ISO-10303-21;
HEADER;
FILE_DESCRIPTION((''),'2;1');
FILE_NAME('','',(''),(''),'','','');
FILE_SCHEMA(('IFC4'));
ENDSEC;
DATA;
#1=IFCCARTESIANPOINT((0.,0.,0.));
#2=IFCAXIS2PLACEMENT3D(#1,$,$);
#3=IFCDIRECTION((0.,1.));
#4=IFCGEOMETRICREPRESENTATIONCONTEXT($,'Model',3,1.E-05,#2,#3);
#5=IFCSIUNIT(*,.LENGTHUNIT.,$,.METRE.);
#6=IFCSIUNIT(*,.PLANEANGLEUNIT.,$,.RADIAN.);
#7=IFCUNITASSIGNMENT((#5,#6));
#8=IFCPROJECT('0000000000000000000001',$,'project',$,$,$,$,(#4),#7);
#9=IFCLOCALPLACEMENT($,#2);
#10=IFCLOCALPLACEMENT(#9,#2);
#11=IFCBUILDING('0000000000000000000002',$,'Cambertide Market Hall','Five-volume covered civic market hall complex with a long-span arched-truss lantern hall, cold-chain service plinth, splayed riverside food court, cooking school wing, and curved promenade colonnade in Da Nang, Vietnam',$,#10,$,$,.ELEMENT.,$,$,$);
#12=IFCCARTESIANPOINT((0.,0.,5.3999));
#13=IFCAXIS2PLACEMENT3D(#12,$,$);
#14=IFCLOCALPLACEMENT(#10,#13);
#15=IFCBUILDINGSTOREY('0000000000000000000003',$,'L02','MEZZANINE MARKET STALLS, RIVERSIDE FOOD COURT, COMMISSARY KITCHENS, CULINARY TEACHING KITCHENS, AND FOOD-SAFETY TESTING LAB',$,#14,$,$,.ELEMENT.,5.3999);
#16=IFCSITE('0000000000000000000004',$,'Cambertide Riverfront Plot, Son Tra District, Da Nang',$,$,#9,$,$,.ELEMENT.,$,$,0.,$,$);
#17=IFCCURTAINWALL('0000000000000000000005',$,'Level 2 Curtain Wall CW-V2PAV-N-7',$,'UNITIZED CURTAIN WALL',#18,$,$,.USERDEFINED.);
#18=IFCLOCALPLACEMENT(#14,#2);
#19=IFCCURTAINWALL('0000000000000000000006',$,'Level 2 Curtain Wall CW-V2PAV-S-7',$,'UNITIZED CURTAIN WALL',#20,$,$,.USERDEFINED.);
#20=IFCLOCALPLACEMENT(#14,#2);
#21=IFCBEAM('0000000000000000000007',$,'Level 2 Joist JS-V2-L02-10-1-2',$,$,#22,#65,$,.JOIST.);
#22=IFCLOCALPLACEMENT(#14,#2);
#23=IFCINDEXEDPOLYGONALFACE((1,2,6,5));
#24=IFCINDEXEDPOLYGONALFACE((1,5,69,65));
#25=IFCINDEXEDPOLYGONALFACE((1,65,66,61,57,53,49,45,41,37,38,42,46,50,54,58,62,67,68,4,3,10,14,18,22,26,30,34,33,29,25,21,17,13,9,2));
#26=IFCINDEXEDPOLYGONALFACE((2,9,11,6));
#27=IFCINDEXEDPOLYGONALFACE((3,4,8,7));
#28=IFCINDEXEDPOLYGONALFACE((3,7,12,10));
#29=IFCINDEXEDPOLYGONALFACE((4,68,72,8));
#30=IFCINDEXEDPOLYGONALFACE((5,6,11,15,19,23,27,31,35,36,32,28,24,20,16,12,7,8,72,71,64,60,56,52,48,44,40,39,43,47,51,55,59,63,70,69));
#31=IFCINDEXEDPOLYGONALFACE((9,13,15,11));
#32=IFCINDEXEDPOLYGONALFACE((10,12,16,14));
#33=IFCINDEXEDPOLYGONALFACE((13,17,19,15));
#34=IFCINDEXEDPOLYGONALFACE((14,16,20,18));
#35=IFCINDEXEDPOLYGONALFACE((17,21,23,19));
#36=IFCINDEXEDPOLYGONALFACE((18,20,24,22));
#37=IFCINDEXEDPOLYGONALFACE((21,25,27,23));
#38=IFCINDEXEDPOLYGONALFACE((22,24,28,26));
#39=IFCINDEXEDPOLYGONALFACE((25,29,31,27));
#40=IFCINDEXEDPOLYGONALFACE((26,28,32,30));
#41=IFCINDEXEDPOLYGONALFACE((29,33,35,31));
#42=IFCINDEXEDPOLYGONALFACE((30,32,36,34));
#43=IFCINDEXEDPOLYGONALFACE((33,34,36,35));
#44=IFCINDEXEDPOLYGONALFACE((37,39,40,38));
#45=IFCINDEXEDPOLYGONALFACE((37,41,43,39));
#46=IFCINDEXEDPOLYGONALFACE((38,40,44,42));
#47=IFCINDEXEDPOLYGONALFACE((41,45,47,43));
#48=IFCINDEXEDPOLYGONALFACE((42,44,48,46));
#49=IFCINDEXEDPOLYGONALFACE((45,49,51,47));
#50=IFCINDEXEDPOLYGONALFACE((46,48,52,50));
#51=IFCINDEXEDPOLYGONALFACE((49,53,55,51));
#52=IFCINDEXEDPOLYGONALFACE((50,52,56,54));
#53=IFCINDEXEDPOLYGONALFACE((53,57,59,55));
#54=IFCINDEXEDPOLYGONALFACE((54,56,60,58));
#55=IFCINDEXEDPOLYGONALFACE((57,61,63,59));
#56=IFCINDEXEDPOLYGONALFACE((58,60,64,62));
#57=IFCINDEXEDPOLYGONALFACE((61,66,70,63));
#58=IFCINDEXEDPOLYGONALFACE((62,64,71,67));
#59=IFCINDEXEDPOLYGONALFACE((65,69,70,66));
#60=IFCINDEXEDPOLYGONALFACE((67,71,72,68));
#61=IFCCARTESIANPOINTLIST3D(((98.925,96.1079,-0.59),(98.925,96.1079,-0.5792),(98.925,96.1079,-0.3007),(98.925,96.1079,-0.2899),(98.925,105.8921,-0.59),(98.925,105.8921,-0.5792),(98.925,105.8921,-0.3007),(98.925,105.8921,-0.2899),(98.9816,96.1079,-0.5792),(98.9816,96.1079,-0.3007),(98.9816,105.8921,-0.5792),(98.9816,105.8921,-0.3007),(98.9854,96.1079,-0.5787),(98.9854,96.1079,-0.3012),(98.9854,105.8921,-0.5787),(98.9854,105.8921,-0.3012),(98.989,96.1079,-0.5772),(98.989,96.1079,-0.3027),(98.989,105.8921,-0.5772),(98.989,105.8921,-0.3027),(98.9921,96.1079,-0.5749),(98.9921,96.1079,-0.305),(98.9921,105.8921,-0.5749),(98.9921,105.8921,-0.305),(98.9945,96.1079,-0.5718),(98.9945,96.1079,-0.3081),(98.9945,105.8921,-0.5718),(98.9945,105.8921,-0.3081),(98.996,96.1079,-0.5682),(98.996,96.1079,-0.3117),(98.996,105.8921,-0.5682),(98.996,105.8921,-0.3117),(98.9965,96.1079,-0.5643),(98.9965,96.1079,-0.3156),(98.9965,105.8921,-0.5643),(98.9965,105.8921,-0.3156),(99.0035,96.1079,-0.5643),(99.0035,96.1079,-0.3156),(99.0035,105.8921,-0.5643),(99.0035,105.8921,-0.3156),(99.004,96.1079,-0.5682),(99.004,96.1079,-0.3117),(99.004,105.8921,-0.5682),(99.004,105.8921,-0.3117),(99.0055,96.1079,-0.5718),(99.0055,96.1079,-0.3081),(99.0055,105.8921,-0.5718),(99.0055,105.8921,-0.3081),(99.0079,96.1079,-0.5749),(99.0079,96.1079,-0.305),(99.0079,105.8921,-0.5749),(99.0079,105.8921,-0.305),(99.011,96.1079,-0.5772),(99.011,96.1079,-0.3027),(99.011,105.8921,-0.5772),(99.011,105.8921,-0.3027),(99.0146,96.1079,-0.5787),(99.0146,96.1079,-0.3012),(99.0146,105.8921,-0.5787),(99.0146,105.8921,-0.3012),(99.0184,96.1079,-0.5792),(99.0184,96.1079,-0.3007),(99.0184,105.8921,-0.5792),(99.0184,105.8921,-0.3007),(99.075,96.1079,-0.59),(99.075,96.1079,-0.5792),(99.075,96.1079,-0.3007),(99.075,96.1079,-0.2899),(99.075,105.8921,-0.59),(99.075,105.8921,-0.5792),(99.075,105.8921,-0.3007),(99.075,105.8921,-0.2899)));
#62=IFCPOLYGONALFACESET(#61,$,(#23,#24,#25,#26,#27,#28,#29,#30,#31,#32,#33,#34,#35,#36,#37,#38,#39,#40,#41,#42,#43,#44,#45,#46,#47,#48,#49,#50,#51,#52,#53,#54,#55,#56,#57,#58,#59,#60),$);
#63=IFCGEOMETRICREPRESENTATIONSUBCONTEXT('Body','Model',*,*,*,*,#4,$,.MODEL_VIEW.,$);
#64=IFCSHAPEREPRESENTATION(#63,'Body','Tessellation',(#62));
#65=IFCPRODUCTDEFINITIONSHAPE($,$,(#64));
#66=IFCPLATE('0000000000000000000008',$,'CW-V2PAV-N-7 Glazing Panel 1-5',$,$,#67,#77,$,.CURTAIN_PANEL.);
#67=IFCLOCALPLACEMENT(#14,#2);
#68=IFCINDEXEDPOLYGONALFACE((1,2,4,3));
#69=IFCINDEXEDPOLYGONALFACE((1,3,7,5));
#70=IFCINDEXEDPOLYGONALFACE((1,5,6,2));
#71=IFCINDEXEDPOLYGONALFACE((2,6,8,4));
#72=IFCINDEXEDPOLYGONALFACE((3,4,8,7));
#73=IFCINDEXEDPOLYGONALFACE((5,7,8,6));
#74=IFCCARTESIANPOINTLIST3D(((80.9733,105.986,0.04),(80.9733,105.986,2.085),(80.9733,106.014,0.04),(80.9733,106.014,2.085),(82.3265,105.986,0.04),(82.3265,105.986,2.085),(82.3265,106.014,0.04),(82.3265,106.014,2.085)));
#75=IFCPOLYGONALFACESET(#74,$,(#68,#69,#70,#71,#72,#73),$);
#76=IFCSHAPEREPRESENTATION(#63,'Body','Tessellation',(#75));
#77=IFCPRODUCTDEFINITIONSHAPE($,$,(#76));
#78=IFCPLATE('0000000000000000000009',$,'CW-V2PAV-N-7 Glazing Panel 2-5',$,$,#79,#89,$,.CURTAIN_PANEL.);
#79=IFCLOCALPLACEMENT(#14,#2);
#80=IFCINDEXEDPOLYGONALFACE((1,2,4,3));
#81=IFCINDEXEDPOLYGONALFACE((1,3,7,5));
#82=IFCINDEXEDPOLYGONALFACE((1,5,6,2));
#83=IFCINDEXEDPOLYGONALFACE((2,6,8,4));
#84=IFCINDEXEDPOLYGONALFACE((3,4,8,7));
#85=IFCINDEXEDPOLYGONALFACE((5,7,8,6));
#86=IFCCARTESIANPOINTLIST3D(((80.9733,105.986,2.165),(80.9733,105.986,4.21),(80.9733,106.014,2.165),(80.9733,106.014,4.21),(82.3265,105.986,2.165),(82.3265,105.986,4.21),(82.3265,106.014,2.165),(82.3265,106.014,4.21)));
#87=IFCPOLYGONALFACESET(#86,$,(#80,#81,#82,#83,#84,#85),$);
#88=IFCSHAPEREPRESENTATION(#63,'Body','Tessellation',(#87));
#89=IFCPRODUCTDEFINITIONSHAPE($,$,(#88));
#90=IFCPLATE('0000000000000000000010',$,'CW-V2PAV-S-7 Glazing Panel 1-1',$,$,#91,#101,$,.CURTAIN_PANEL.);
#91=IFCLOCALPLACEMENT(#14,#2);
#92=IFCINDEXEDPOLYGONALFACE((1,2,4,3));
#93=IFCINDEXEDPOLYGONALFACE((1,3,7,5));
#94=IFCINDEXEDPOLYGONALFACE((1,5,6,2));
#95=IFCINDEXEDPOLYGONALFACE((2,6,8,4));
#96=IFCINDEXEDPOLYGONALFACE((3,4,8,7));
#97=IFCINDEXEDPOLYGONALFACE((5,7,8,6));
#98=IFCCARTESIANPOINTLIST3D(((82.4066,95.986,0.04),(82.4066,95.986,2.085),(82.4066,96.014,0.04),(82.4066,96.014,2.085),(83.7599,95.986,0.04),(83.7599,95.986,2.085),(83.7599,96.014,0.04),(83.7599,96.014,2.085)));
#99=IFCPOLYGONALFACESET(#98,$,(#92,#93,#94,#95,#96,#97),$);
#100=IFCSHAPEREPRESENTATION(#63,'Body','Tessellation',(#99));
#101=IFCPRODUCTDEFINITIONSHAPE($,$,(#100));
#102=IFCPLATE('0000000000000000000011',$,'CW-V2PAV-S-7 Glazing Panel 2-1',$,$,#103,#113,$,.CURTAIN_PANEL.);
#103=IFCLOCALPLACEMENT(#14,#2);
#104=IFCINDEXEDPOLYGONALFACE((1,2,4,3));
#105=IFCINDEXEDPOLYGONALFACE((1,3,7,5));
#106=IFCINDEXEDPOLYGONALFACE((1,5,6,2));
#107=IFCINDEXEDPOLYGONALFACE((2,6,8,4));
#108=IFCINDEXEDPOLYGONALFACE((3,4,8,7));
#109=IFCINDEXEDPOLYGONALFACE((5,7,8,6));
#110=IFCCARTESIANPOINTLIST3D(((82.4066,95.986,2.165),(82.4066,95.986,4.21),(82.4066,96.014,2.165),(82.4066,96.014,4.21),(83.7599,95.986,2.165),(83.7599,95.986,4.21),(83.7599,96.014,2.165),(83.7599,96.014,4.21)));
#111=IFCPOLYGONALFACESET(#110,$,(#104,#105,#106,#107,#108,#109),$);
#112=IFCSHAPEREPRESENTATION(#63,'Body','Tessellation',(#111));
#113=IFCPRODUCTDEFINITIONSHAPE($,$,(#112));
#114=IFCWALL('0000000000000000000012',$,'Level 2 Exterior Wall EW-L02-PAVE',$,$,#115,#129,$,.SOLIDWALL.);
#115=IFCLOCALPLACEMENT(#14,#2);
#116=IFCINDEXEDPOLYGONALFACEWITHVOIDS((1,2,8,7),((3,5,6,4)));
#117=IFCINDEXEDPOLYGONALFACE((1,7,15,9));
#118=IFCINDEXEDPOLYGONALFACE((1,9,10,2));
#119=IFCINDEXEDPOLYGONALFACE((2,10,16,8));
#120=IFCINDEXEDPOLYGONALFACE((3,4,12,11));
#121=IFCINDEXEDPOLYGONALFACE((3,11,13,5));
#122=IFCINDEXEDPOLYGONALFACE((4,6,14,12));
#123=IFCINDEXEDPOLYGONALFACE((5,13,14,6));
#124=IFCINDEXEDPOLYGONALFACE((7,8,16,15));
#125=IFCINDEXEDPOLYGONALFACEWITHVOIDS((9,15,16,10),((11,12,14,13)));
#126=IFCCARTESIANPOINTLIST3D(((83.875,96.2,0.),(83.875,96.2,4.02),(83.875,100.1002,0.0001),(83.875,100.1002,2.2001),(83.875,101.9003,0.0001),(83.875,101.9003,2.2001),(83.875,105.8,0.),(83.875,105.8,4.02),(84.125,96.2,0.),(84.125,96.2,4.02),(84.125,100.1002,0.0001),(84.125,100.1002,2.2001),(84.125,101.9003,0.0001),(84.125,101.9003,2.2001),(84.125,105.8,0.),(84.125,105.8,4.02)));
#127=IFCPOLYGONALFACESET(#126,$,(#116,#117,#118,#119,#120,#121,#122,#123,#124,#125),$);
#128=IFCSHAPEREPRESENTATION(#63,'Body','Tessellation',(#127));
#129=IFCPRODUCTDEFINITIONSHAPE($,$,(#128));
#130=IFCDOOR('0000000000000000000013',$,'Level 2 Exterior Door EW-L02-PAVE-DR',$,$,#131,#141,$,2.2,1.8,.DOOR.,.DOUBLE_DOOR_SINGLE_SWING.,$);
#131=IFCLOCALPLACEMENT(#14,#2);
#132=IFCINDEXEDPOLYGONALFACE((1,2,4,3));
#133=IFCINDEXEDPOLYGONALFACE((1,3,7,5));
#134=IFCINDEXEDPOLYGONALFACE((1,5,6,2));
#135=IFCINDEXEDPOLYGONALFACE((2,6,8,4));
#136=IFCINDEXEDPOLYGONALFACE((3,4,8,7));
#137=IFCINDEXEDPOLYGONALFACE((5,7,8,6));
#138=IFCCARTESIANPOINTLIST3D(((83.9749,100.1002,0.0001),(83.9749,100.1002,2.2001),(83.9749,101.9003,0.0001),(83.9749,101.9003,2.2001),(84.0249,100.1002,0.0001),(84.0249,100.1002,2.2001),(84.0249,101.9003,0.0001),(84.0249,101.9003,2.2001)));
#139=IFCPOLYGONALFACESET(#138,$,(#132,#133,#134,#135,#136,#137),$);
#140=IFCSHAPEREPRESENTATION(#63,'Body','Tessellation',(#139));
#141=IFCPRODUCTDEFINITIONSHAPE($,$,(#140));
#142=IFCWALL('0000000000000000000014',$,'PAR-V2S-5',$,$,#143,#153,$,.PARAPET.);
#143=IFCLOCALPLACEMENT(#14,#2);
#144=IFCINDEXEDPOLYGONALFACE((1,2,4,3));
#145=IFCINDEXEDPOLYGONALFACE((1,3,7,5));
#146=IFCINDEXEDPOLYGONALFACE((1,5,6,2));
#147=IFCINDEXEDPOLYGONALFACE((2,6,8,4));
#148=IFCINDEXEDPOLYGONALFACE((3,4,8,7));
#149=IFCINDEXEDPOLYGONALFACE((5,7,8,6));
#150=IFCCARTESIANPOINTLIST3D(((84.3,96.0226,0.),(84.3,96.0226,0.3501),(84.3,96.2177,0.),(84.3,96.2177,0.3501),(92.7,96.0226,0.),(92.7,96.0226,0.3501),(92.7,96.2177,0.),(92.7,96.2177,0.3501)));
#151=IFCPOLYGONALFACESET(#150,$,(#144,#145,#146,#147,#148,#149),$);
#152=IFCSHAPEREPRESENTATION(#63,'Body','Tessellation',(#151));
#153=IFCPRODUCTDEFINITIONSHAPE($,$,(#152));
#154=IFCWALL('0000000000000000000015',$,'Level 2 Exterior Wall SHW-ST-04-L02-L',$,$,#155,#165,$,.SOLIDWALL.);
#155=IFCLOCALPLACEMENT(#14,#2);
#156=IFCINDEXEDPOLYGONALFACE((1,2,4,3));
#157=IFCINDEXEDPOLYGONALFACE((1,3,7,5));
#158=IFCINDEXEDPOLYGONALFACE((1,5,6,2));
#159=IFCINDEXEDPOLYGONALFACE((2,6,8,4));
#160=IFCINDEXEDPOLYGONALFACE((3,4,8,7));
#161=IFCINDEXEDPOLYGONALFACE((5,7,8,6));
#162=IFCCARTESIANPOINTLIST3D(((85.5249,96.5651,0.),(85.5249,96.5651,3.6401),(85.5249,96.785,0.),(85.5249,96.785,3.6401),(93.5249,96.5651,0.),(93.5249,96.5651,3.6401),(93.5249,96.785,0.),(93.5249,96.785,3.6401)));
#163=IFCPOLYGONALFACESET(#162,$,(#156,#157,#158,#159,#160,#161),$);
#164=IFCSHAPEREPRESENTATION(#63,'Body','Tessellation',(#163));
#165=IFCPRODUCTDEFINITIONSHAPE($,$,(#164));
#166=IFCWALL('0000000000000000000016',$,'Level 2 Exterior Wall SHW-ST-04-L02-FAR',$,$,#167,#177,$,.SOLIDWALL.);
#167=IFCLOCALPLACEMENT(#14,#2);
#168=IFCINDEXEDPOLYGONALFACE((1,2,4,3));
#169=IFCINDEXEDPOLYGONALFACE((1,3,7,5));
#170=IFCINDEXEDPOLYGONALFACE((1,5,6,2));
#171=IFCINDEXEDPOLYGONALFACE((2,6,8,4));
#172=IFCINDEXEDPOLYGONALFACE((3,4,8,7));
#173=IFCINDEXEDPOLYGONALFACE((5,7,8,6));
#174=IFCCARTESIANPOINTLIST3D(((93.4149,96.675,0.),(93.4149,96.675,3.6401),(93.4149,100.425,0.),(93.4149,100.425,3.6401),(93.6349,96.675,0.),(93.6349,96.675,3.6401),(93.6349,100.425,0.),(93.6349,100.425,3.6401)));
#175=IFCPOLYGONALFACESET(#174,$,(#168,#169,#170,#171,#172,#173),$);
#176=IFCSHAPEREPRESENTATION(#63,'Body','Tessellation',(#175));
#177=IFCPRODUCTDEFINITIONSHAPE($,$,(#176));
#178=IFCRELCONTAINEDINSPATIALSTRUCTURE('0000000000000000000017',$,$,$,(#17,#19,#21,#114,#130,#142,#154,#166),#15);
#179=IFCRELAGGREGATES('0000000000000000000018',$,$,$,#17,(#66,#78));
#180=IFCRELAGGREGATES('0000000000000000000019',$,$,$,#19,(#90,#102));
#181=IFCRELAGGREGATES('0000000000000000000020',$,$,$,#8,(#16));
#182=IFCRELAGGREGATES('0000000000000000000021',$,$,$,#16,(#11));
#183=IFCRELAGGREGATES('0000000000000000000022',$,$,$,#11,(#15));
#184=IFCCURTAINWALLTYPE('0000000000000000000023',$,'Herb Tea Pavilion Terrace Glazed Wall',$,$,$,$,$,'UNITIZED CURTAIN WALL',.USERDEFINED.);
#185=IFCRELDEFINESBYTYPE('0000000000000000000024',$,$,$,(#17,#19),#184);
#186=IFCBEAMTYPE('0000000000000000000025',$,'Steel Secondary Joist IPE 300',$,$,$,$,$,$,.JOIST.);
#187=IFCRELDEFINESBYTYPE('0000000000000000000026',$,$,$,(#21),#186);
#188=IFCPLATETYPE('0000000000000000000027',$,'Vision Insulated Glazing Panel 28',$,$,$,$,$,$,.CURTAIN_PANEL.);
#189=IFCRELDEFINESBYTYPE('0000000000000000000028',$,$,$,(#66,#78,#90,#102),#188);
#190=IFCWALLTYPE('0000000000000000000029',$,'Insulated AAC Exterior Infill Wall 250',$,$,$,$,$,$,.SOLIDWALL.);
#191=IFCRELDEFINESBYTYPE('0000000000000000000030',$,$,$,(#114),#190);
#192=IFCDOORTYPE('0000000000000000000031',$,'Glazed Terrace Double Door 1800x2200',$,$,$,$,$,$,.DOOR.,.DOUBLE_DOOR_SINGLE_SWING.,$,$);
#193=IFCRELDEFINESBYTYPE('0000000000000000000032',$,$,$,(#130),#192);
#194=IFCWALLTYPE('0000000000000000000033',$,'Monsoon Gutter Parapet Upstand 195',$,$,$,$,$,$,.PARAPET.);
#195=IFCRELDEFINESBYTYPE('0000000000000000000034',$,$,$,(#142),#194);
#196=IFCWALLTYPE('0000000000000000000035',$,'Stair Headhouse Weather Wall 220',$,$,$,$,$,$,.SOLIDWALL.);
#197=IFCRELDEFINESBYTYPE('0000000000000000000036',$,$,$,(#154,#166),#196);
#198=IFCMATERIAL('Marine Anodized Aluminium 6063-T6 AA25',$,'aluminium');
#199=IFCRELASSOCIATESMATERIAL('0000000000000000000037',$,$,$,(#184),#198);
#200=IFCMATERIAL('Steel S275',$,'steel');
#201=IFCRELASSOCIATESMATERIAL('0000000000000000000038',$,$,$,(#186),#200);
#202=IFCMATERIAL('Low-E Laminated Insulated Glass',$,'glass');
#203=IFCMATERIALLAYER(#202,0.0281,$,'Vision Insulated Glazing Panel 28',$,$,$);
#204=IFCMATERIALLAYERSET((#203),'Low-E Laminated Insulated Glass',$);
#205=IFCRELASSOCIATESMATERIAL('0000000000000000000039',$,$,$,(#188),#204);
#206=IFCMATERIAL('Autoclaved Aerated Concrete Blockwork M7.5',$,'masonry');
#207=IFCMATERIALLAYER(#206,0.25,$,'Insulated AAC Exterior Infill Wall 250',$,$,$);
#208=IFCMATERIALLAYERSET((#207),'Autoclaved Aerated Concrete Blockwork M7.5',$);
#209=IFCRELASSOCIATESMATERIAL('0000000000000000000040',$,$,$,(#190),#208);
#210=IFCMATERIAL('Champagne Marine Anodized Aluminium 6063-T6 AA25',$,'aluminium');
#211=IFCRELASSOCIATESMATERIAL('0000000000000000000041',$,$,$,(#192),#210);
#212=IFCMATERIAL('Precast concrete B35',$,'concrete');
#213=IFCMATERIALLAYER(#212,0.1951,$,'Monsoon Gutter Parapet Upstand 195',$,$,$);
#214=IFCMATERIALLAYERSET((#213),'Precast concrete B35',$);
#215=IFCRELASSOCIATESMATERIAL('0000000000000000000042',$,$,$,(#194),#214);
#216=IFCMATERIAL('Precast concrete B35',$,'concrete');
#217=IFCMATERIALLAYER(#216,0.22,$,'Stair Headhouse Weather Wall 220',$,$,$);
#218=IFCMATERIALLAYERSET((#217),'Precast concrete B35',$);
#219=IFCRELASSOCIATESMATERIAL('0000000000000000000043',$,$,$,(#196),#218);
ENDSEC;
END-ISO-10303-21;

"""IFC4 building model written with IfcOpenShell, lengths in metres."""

from ifc_helpers import new_model, si_unit, direction, frame, frame_2d, origin, origin_2d, place, context, subcontext, project, spatial, rectangle, i_section, extrude, material, layer, layer_set, material_profile, profile_set, type_object, element, fill, aggregate, save


model = new_model("IFC4")

# Units and contexts
model_context = context("Model", 3, precision=1e-05, world=origin(), true_north=direction((0.0, 1.0)))
body_context = subcontext(model_context, "Body", "Model", "MODEL_VIEW")
ifc_project = project(units=[si_unit("LENGTHUNIT", "METRE"), si_unit("PLANEANGLEUNIT", "RADIAN")], contexts=[model_context])

# Site, building, storey
site_placement = place(None, origin())
site = spatial("IfcSite", under=ifc_project, at=site_placement, Name="Cambertide Riverfront Plot, Son Tra District, Da Nang", CompositionType="ELEMENT", RefElevation=0.0)
building_placement = place(site_placement, origin())
building = spatial("IfcBuilding", under=site, at=building_placement, Name="Cambertide Market Hall", Description="Five-volume covered civic market hall complex with a long-span arched-truss lantern hall, cold-chain service plinth, splayed riverside food court, cooking school wing, and curved promenade colonnade in Da Nang, Vietnam", CompositionType="ELEMENT")
storey_placement = place(building_placement, frame((0.0, 0.0, 5.3999)))
storey = spatial("IfcBuildingStorey", under=building, at=storey_placement, Name="L02", Description="MEZZANINE MARKET STALLS, RIVERSIDE FOOD COURT, COMMISSARY KITCHENS, CULINARY TEACHING KITCHENS, AND FOOD-SAFETY TESTING LAB", CompositionType="ELEMENT", Elevation=5.3999)

# Curtain wall
ifc_material_1 = material(Name="Marine Anodized Aluminium 6063-T6 AA25", Category="aluminium")
curtain_wall_type = type_object("IfcCurtainWallType", Name="Herb Tea Pavilion Terrace Glazed Wall", ElementType="UNITIZED CURTAIN WALL", PredefinedType="USERDEFINED", material=ifc_material_1)
curtain_wall_1_placement = place(storey_placement, origin())
curtain_wall_1 = element("IfcCurtainWall", 1, at=curtain_wall_1_placement, inside=storey, type_object=curtain_wall_type, Name="Level 2 Curtain Wall CW-V2PAV-N-7", ObjectType="UNITIZED CURTAIN WALL", PredefinedType="USERDEFINED")

# Curtain wall
curtain_wall_2_placement = place(storey_placement, origin())
curtain_wall_2 = element("IfcCurtainWall", 2, at=curtain_wall_2_placement, inside=storey, type_object=curtain_wall_type, Name="Level 2 Curtain Wall CW-V2PAV-S-7", ObjectType="UNITIZED CURTAIN WALL", PredefinedType="USERDEFINED")

# Beam
ifc_material_2 = material(Name="Steel S275", Category="steel")
ifc_material_profile_1 = material_profile(ifc_material_2, i_section(OverallWidth=0.1499, OverallDepth=0.3, WebThickness=0.0071, FlangeThickness=0.0107, FilletRadius=0.0149, at=origin_2d()), Name="IPE 300")
ifc_profile_set_1 = profile_set([ifc_material_profile_1], Name="Steel S275")
beam_type_1 = type_object("IfcBeamType", Name="Steel Secondary Joist IPE 300", PredefinedType="JOIST", material=ifc_profile_set_1)
for number, where, z_axis, x_axis, name in (
    (3, (99.0, 96.1079, -0.4399), (0.0, 1.0, 0.0), (-1.0, 0.0, 0.0), "Level 2 Joist JS-V2-L02-10-1-2"),
):
    element("IfcBeam", number, at=place(storey_placement, frame(where, z_axis=z_axis, x_axis=x_axis)), inside=storey, type_object=beam_type_1, Name=name, PredefinedType="JOIST", context=body_context, shape_type="SweptSolid", body=[
        extrude(i_section(OverallWidth=0.1499, OverallDepth=0.3, WebThickness=0.0071, FlangeThickness=0.0107, FilletRadius=0.0149, at=origin_2d()), origin(), (0.0, 0.0, 1.0), 9.7842),
    ])

# Plates
ifc_material_3 = material(Name="Low-E Laminated Insulated Glass", Category="glass")
ifc_layer_1 = layer(ifc_material_3, 0.0281, Name="Vision Insulated Glazing Panel 28")
ifc_layer_set_1 = layer_set([ifc_layer_1], Name="Low-E Laminated Insulated Glass")
plate_type = type_object("IfcPlateType", Name="Vision Insulated Glazing Panel 28", PredefinedType="CURTAIN_PANEL", material=ifc_layer_set_1)
plate_1_placement = place(storey_placement, frame((81.6499, 106.0, 0.04), z_axis=(0.0, 0.0, 1.0), x_axis=(1.0, 0.0, 0.0)))
plate_1 = element("IfcPlate", 4, at=plate_1_placement, type_object=plate_type, Name="CW-V2PAV-N-7 Glazing Panel 1-5", PredefinedType="CURTAIN_PANEL", context=body_context, shape_type="SweptSolid", body=[
    extrude(rectangle(XDim=1.3533, YDim=0.0281, at=origin_2d()), origin(), (0.0, 0.0, 1.0), 2.0449),
])
plate_2_placement = place(storey_placement, frame((81.6499, 106.0, 2.165), z_axis=(0.0, 0.0, 1.0), x_axis=(1.0, 0.0, 0.0)))
plate_2 = element("IfcPlate", 5, at=plate_2_placement, type_object=plate_type, Name="CW-V2PAV-N-7 Glazing Panel 2-5", PredefinedType="CURTAIN_PANEL", context=body_context, shape_type="SweptSolid", body=[
    extrude(rectangle(XDim=1.3533, YDim=0.0281, at=origin_2d()), origin(), (0.0, 0.0, 1.0), 2.0449),
])
aggregate(curtain_wall_1, [plate_1, plate_2])
plate_3_placement = place(storey_placement, frame((83.0833, 96.0, 0.04), z_axis=(0.0, 0.0, 1.0), x_axis=(-1.0, 0.0, 0.0)))
plate_3 = element("IfcPlate", 6, at=plate_3_placement, type_object=plate_type, Name="CW-V2PAV-S-7 Glazing Panel 1-1", PredefinedType="CURTAIN_PANEL", context=body_context, shape_type="SweptSolid", body=[
    extrude(rectangle(XDim=1.3533, YDim=0.0281, at=origin_2d()), origin(), (0.0, 0.0, 1.0), 2.0449),
])
plate_4_placement = place(storey_placement, frame((83.0833, 96.0, 2.165), z_axis=(0.0, 0.0, 1.0), x_axis=(-1.0, 0.0, 0.0)))
plate_4 = element("IfcPlate", 7, at=plate_4_placement, type_object=plate_type, Name="CW-V2PAV-S-7 Glazing Panel 2-1", PredefinedType="CURTAIN_PANEL", context=body_context, shape_type="SweptSolid", body=[
    extrude(rectangle(XDim=1.3533, YDim=0.0281, at=origin_2d()), origin(), (0.0, 0.0, 1.0), 2.0449),
])
aggregate(curtain_wall_2, [plate_3, plate_4])

# Wall, opening, door
ifc_material_4 = material(Name="Autoclaved Aerated Concrete Blockwork M7.5", Category="masonry")
ifc_layer_2 = layer(ifc_material_4, 0.25, Name="Insulated AAC Exterior Infill Wall 250")
ifc_layer_set_2 = layer_set([ifc_layer_2], Name="Autoclaved Aerated Concrete Blockwork M7.5")
wall_type_1 = type_object("IfcWallType", Name="Insulated AAC Exterior Infill Wall 250", PredefinedType="SOLIDWALL", material=ifc_layer_set_2)
wall_1_placement = place(storey_placement, frame((84.0, 105.8, 0.0), z_axis=(0.0, 0.0, 1.0), x_axis=(0.0, -1.0, 0.0)))
wall_1 = element("IfcWall", 8, at=wall_1_placement, inside=storey, type_object=wall_type_1, Name="Level 2 Exterior Wall EW-L02-PAVE", PredefinedType="SOLIDWALL", context=body_context, shape_type="SweptSolid", body=[
    extrude(rectangle(XDim=9.6001, YDim=0.25, at=frame_2d((4.8, 0.0))), origin(), (0.0, 0.0, 1.0), 4.02),
])
opening_1_placement = place(wall_1_placement, frame((3.8999, 0.0, 0.0)))
opening_1 = element("IfcOpeningElement", 9, at=opening_1_placement, cuts=wall_1, PredefinedType="OPENING", context=body_context, shape_type="SweptSolid", body=[
    extrude(rectangle(XDim=1.8, YDim=2.2, at=frame_2d((0.8999, 1.1001))), frame((0.0, 0.135, 0.0), z_axis=(0.0, -1.0, 0.0), x_axis=(1.0, 0.0, 0.0)), (0.0, 0.0, 1.0), 0.27),
])
ifc_material_5 = material(Name="Champagne Marine Anodized Aluminium 6063-T6 AA25", Category="aluminium")
door_type_1 = type_object("IfcDoorType", Name="Glazed Terrace Double Door 1800x2200", OperationType="DOUBLE_DOOR_SINGLE_SWING", PredefinedType="DOOR", material=ifc_material_5)
door_1_placement = place(opening_1_placement, origin())
door_1 = element("IfcDoor", 10, at=door_1_placement, inside=storey, type_object=door_type_1, Name="Level 2 Exterior Door EW-L02-PAVE-DR", OperationType="DOUBLE_DOOR_SINGLE_SWING", OverallHeight=2.2, OverallWidth=1.8, PredefinedType="DOOR", context=body_context, shape_type="SweptSolid", body=[
    extrude(rectangle(XDim=1.8, YDim=2.2, at=frame_2d((0.8999, 1.1001))), frame((0.0, 0.0249, 0.0), z_axis=(0.0, -1.0, 0.0), x_axis=(1.0, 0.0, 0.0)), (0.0, 0.0, 1.0), 0.05),
])
fill(opening_1, door_1)

# Wall
ifc_material_6 = material(Name="Precast concrete B35", Category="concrete")
ifc_layer_3 = layer(ifc_material_6, 0.1951, Name="Monsoon Gutter Parapet Upstand 195")
ifc_layer_set_3 = layer_set([ifc_layer_3], Name="Precast concrete B35")
wall_type_2 = type_object("IfcWallType", Name="Monsoon Gutter Parapet Upstand 195", PredefinedType="PARAPET", material=ifc_layer_set_3)
wall_2_placement = place(storey_placement, frame((92.7, 96.1201, 0.0), z_axis=(0.0, 0.0, 1.0), x_axis=(-1.0, 0.0, 0.0)))
element("IfcWall", 11, at=wall_2_placement, inside=storey, type_object=wall_type_2, Name="PAR-V2S-5", PredefinedType="PARAPET", context=body_context, shape_type="SweptSolid", body=[
    extrude(rectangle(XDim=8.3999, YDim=0.1951, at=frame_2d((4.2, 0.0))), origin(), (0.0, 0.0, 1.0), 0.3501),
])

# Shared definitions
ifc_material_7 = material(Name="Precast concrete B35", Category="concrete")
ifc_layer_4 = layer(ifc_material_7, 0.22, Name="Stair Headhouse Weather Wall 220")
ifc_layer_set_4 = layer_set([ifc_layer_4], Name="Precast concrete B35")
wall_type_3 = type_object("IfcWallType", Name="Stair Headhouse Weather Wall 220", PredefinedType="SOLIDWALL", material=ifc_layer_set_4)

# Walls
wall_3_placement = place(storey_placement, frame((93.5249, 96.675, 0.0), z_axis=(0.0, 0.0, 1.0), x_axis=(-1.0, 0.0, 0.0)))
element("IfcWall", 12, at=wall_3_placement, inside=storey, type_object=wall_type_3, Name="Level 2 Exterior Wall SHW-ST-04-L02-L", PredefinedType="SOLIDWALL", context=body_context, shape_type="SweptSolid", body=[
    extrude(rectangle(XDim=8.0, YDim=0.22, at=frame_2d((4.0, 0.0))), origin(), (0.0, 0.0, 1.0), 3.6401),
])
wall_4_placement = place(storey_placement, frame((93.5249, 100.425, 0.0), z_axis=(0.0, 0.0, 1.0), x_axis=(0.0, -1.0, 0.0)))
element("IfcWall", 13, at=wall_4_placement, inside=storey, type_object=wall_type_3, Name="Level 2 Exterior Wall SHW-ST-04-L02-FAR", PredefinedType="SOLIDWALL", context=body_context, shape_type="SweptSolid", body=[
    extrude(rectangle(XDim=3.75, YDim=0.22, at=frame_2d((1.875, 0.0))), origin(), (0.0, 0.0, 1.0), 3.6401),
])

save(model, "model.ifc")
